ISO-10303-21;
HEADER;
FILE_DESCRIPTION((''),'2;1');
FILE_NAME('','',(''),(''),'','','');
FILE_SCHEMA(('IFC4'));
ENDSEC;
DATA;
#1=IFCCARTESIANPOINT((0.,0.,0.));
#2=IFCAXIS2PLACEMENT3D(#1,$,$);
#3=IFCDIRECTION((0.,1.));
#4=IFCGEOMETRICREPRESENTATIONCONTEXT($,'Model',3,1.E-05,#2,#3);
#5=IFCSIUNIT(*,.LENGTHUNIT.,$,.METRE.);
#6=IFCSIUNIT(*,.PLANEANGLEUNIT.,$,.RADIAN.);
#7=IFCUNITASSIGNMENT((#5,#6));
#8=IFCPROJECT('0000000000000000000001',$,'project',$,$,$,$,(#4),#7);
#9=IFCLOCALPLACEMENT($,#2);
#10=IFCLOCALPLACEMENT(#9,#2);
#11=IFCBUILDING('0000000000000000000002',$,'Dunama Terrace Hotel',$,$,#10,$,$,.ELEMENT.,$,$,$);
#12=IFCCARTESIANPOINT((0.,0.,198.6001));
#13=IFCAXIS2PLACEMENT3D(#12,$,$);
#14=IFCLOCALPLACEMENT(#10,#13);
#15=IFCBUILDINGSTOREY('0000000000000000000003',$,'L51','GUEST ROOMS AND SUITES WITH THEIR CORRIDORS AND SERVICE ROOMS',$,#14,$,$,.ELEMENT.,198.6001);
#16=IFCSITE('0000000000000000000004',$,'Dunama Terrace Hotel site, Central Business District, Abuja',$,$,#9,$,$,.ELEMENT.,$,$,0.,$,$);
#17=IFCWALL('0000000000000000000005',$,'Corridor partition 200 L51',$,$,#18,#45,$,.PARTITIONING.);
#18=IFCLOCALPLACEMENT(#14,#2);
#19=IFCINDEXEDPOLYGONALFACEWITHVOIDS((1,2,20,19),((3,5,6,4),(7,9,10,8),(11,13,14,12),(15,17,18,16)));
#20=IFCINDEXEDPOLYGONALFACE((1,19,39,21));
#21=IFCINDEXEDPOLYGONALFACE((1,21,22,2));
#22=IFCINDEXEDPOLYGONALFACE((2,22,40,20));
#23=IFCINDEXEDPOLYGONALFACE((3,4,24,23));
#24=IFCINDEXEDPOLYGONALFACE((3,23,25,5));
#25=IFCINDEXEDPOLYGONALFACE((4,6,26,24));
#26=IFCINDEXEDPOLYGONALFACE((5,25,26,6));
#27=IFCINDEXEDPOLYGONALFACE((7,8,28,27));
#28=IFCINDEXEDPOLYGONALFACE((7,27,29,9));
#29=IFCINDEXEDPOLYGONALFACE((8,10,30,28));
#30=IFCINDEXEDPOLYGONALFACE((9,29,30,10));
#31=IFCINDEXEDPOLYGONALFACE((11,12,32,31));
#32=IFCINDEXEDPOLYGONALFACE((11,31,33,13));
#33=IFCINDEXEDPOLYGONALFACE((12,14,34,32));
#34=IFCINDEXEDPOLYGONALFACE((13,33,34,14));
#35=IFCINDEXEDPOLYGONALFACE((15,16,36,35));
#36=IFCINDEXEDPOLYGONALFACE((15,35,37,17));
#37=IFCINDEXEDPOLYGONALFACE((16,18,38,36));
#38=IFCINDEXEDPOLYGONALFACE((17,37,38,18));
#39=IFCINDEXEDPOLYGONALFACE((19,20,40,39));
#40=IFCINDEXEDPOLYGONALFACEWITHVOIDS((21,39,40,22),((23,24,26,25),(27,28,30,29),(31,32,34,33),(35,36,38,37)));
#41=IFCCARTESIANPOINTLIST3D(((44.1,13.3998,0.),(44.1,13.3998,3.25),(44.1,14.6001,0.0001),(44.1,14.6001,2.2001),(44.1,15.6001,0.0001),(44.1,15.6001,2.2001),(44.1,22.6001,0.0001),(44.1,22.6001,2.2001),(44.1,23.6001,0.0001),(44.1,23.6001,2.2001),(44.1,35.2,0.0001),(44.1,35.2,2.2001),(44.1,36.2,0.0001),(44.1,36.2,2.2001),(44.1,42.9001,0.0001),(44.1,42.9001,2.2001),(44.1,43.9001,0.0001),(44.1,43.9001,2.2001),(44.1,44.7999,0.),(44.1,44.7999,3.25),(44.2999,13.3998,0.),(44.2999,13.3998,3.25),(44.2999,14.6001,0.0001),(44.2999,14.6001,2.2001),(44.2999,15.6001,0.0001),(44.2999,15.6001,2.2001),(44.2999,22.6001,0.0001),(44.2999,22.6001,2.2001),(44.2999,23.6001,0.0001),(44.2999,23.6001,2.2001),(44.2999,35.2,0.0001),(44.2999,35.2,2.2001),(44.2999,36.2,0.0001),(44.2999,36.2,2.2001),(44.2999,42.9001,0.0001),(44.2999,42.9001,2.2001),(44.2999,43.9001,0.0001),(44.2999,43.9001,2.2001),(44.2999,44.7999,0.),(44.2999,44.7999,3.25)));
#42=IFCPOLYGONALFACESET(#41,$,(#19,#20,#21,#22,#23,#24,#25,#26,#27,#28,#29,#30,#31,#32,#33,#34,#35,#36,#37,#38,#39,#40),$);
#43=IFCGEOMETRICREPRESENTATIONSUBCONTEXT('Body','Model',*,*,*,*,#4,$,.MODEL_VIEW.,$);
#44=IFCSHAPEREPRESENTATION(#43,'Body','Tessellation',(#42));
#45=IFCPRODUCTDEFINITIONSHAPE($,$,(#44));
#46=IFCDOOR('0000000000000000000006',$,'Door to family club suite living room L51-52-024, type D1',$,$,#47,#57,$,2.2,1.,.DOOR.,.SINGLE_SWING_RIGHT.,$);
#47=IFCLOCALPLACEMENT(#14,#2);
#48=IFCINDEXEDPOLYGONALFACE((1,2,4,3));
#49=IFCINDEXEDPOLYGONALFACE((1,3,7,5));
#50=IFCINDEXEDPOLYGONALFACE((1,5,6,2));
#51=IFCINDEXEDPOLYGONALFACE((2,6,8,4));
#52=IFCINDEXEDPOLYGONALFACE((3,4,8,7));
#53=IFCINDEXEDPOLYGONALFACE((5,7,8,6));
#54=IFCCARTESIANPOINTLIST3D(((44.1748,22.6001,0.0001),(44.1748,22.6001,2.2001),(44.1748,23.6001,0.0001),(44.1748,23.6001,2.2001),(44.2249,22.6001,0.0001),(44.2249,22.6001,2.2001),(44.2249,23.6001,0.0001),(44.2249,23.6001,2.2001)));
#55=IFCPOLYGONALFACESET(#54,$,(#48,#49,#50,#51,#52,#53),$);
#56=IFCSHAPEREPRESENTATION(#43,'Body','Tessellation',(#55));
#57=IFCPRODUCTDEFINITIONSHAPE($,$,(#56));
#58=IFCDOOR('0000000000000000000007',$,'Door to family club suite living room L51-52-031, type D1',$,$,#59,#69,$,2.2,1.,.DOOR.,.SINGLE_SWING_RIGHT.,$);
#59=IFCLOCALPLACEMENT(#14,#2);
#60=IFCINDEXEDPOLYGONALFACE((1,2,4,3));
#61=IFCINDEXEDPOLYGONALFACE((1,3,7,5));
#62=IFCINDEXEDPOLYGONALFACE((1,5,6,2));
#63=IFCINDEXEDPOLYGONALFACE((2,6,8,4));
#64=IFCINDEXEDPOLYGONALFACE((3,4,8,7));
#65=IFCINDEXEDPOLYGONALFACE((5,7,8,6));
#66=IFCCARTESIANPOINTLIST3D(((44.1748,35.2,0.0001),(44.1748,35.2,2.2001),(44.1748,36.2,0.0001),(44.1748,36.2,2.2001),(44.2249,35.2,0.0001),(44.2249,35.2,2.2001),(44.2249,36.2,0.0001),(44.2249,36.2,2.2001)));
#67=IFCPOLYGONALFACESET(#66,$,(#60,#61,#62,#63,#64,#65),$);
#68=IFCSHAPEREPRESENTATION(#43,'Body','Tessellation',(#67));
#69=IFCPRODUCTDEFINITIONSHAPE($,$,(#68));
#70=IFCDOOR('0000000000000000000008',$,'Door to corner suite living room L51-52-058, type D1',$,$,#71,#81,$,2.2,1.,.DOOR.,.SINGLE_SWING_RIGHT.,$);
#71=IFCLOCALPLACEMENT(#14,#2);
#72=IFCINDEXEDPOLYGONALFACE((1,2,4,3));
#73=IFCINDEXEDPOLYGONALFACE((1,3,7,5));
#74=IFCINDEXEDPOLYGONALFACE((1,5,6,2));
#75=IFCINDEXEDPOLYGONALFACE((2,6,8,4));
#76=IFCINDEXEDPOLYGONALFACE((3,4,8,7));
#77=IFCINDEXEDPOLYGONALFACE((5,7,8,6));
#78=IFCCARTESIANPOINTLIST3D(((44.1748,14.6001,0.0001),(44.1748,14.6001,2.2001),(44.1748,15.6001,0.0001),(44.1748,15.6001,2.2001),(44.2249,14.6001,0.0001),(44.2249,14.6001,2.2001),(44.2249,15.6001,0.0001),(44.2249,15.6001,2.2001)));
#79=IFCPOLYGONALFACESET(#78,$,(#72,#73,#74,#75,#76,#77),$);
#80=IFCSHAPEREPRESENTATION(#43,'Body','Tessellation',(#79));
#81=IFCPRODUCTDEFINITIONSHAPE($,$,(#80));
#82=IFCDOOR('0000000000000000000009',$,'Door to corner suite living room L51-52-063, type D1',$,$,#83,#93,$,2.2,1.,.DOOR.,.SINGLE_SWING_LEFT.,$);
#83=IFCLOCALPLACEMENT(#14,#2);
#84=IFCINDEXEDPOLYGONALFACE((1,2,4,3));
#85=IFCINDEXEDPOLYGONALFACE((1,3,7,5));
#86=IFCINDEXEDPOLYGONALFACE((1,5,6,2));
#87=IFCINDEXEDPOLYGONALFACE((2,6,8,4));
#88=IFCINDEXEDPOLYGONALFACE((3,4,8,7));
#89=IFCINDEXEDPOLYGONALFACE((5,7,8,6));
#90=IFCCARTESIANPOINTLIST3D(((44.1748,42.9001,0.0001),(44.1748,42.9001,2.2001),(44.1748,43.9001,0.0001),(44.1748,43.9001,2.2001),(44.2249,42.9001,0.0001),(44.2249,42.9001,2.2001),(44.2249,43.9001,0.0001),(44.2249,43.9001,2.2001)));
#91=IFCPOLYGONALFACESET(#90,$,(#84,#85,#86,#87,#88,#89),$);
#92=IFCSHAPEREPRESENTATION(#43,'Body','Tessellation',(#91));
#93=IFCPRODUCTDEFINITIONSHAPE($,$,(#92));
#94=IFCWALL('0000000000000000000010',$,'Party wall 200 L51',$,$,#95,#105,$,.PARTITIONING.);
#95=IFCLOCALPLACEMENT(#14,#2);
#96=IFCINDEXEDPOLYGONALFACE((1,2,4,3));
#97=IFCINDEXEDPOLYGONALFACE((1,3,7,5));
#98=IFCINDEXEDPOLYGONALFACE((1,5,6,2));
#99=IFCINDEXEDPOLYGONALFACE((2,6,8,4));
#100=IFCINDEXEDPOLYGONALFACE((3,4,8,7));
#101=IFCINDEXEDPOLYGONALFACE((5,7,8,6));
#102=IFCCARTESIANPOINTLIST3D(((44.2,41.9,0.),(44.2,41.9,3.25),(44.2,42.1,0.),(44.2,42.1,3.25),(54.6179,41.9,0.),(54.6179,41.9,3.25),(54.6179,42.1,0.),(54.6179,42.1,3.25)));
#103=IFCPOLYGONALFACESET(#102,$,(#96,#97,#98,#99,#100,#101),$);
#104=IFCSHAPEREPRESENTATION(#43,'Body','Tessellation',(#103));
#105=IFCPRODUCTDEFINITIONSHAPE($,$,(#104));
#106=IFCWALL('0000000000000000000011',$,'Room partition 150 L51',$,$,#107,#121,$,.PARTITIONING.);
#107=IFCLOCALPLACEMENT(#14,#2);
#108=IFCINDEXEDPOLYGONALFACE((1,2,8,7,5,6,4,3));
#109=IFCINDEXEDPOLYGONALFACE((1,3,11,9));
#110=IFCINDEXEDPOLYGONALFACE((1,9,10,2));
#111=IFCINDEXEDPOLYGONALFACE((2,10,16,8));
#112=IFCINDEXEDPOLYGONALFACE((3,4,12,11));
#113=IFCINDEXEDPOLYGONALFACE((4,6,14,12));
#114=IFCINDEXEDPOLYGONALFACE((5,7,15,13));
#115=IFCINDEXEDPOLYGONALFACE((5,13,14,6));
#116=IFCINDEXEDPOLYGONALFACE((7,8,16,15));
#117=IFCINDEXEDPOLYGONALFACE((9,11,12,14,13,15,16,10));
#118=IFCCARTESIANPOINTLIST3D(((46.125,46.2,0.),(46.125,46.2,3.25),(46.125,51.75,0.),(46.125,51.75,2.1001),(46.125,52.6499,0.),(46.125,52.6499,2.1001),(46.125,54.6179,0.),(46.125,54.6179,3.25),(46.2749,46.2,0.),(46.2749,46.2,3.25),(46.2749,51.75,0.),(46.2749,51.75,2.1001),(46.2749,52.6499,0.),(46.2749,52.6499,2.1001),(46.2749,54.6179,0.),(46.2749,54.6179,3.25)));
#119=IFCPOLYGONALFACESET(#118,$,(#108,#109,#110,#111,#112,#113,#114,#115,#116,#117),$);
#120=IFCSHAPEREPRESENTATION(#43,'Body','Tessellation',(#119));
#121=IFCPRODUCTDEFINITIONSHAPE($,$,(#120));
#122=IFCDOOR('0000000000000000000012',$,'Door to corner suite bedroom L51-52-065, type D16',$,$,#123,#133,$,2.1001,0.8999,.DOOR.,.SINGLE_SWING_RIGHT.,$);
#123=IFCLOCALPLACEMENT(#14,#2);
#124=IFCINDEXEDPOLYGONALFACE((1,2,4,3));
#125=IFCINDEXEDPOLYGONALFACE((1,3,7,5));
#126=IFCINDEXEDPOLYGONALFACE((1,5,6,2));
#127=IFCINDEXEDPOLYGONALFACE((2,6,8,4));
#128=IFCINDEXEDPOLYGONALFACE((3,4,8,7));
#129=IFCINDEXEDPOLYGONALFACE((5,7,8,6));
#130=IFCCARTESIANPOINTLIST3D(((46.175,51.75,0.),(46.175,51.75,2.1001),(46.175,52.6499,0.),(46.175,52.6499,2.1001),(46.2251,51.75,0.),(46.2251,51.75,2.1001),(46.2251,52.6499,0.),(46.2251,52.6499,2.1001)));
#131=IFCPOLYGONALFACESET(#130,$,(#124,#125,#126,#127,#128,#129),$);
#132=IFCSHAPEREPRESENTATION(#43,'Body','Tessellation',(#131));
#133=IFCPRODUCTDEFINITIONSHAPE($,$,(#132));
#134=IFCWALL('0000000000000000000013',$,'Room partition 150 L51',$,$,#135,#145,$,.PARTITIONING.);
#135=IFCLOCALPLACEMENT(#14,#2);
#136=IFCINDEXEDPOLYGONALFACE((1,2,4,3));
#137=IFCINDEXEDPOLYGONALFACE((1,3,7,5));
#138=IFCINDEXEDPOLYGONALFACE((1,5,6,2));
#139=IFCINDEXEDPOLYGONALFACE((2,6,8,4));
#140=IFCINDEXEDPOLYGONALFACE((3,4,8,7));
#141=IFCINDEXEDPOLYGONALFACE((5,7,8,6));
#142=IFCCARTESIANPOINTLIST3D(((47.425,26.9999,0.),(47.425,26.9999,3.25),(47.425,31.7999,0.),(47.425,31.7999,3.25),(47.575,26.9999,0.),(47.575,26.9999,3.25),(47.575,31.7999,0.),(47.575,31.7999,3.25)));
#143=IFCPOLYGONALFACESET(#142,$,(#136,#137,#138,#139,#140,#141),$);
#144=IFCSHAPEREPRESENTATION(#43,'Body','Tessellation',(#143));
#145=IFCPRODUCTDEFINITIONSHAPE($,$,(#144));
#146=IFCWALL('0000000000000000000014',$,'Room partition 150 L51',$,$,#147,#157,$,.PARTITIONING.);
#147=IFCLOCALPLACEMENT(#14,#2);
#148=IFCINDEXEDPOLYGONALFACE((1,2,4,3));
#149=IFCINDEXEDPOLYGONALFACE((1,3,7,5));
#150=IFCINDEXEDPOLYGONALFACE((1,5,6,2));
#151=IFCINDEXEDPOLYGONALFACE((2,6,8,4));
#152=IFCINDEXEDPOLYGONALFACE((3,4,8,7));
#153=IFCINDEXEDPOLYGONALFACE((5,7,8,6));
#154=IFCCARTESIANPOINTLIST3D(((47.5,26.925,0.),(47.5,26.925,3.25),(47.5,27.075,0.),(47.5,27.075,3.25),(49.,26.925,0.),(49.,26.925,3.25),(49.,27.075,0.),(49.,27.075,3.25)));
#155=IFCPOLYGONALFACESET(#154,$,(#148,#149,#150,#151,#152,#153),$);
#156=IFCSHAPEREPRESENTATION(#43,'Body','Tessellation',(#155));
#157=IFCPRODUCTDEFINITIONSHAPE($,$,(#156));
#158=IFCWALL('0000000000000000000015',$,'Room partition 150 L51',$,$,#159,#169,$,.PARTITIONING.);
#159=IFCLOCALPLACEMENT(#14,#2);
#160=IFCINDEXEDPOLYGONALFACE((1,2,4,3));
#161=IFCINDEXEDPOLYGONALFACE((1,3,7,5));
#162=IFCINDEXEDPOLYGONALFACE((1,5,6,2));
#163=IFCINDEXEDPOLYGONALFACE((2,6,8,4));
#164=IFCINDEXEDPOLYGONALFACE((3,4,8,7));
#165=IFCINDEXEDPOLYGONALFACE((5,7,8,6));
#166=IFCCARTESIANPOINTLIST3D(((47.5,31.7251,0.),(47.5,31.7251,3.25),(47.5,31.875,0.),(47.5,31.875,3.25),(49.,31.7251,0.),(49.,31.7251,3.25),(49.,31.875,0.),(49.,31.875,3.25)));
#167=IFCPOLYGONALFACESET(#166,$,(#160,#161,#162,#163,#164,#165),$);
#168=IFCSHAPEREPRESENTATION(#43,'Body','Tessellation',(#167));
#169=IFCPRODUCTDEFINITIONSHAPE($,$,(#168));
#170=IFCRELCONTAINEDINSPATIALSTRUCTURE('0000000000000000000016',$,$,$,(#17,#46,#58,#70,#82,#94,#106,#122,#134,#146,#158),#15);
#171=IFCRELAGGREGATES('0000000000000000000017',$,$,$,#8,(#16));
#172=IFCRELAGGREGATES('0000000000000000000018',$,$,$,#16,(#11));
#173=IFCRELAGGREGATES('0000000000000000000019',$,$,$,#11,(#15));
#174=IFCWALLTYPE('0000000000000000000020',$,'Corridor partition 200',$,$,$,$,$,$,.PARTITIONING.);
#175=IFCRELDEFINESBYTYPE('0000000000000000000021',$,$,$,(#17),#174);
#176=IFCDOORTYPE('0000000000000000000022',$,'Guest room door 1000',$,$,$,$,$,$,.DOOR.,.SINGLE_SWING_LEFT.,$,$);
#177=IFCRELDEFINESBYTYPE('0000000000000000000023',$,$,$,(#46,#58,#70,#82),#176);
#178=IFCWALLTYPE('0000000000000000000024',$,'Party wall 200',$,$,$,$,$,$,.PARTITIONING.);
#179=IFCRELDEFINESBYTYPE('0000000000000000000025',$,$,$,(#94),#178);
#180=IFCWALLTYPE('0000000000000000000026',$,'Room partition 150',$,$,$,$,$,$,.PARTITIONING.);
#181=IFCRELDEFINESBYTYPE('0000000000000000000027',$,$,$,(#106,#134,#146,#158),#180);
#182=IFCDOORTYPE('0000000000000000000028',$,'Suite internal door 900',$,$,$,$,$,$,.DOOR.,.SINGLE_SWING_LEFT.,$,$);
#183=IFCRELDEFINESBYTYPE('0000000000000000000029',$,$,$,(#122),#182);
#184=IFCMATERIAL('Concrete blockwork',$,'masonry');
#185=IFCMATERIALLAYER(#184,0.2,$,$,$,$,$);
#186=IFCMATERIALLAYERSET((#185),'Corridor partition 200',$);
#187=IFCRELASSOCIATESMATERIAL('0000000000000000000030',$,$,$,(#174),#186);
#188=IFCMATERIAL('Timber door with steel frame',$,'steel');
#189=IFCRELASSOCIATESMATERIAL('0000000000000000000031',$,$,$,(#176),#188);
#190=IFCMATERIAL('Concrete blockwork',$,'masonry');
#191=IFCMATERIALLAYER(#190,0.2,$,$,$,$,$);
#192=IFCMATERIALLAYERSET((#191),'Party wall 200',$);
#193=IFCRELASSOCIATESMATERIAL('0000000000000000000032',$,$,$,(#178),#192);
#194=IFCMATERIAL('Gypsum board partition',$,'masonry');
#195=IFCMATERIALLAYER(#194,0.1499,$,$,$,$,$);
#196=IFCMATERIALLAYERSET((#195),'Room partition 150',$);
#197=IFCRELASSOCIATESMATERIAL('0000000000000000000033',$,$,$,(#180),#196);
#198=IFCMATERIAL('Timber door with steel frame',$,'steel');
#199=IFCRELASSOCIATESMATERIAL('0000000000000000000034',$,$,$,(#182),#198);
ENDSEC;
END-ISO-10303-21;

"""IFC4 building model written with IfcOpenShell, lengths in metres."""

from ifc_helpers import new_model, si_unit, direction, frame, frame_2d, origin, place, context, subcontext, project, spatial, rectangle, extrude, material, layer, layer_set, type_object, element, fill, save


model = new_model("IFC4")

# Units and contexts
model_context = context("Model", 3, precision=1e-05, world=origin(), true_north=direction((0.0, 1.0)))
body_context = subcontext(model_context, "Body", "Model", "MODEL_VIEW")
ifc_project = project(units=[si_unit("LENGTHUNIT", "METRE"), si_unit("PLANEANGLEUNIT", "RADIAN")], contexts=[model_context])

# Site, building, storey
site_placement = place(None, origin())
site = spatial("IfcSite", under=ifc_project, at=site_placement, Name="Dunama Terrace Hotel site, Central Business District, Abuja", CompositionType="ELEMENT", RefElevation=0.0)
building_placement = place(site_placement, origin())
building = spatial("IfcBuilding", under=site, at=building_placement, Name="Dunama Terrace Hotel", CompositionType="ELEMENT")
storey_placement = place(building_placement, frame((0.0, 0.0, 198.6001)))
storey = spatial("IfcBuildingStorey", under=building, at=storey_placement, Name="L51", Description="GUEST ROOMS AND SUITES WITH THEIR CORRIDORS AND SERVICE ROOMS", CompositionType="ELEMENT", Elevation=198.6001)

# Wall, openings, doors
ifc_material_1 = material(Name="Concrete blockwork", Category="masonry")
ifc_layer_1 = layer(ifc_material_1, 0.2)
ifc_layer_set_1 = layer_set([ifc_layer_1], Name="Corridor partition 200")
wall_type_1 = type_object("IfcWallType", Name="Corridor partition 200", PredefinedType="PARTITIONING", material=ifc_layer_set_1)
wall_1_placement = place(storey_placement, frame((44.2, 44.8, 0.0), z_axis=(0.0, 0.0, 1.0), x_axis=(0.0, -1.0, 0.0)))
wall_1 = element("IfcWall", 1, at=wall_1_placement, inside=storey, type_object=wall_type_1, Name="Corridor partition 200 L51", PredefinedType="PARTITIONING", context=body_context, shape_type="SweptSolid", body=[
    extrude(rectangle(XDim=31.4001, YDim=0.2, at=frame_2d((15.7002, 0.0))), origin(), (0.0, 0.0, 1.0), 3.25),
])
opening_1_placement = place(wall_1_placement, frame((21.2, 0.0, 0.0)))
opening_1 = element("IfcOpeningElement", 2, at=opening_1_placement, cuts=wall_1, PredefinedType="OPENING", context=body_context, shape_type="SweptSolid", body=[
    extrude(rectangle(XDim=1.0, YDim=2.2, at=frame_2d((0.5, 1.1001))), frame((0.0, 0.1099, 0.0), z_axis=(0.0, -1.0, 0.0), x_axis=(1.0, 0.0, 0.0)), (0.0, 0.0, 1.0), 0.22),
])
opening_2_placement = place(wall_1_placement, frame((8.6001, 0.0, 0.0)))
opening_2 = element("IfcOpeningElement", 3, at=opening_2_placement, cuts=wall_1, PredefinedType="OPENING", context=body_context, shape_type="SweptSolid", body=[
    extrude(rectangle(XDim=1.0, YDim=2.2, at=frame_2d((0.5, 1.1001))), frame((0.0, 0.1099, 0.0), z_axis=(0.0, -1.0, 0.0), x_axis=(1.0, 0.0, 0.0)), (0.0, 0.0, 1.0), 0.22),
])
opening_3_placement = place(wall_1_placement, frame((29.2, 0.0, 0.0)))
opening_3 = element("IfcOpeningElement", 4, at=opening_3_placement, cuts=wall_1, PredefinedType="OPENING", context=body_context, shape_type="SweptSolid", body=[
    extrude(rectangle(XDim=1.0, YDim=2.2, at=frame_2d((0.5, 1.1001))), frame((0.0, 0.1099, 0.0), z_axis=(0.0, -1.0, 0.0), x_axis=(1.0, 0.0, 0.0)), (0.0, 0.0, 1.0), 0.22),
])
opening_4_placement = place(wall_1_placement, frame((0.8999, 0.0, 0.0)))
opening_4 = element("IfcOpeningElement", 5, at=opening_4_placement, cuts=wall_1, PredefinedType="OPENING", context=body_context, shape_type="SweptSolid", body=[
    extrude(rectangle(XDim=1.0, YDim=2.2, at=frame_2d((0.5, 1.1001))), frame((0.0, 0.1099, 0.0), z_axis=(0.0, -1.0, 0.0), x_axis=(1.0, 0.0, 0.0)), (0.0, 0.0, 1.0), 0.22),
])
ifc_material_2 = material(Name="Timber door with steel frame", Category="steel")
door_type_1 = type_object("IfcDoorType", Name="Guest room door 1000", OperationType="SINGLE_SWING_LEFT", PredefinedType="DOOR", material=ifc_material_2)
door_1_placement = place(opening_1_placement, origin())
door_1 = element("IfcDoor", 6, at=door_1_placement, inside=storey, type_object=door_type_1, Name="Door to family club suite living room L51-52-024, type D1", OperationType="SINGLE_SWING_RIGHT", OverallHeight=2.2, OverallWidth=1.0, PredefinedType="DOOR", context=body_context, shape_type="SweptSolid", body=[
    extrude(rectangle(XDim=1.0, YDim=2.2, at=frame_2d((0.5, 1.1001))), frame((0.0, 0.0249, 0.0), z_axis=(0.0, -1.0, 0.0), x_axis=(1.0, 0.0, 0.0)), (0.0, 0.0, 1.0), 0.05),
])
fill(opening_1, door_1)
door_2_placement = place(opening_2_placement, origin())
door_2 = element("IfcDoor", 7, at=door_2_placement, inside=storey, type_object=door_type_1, Name="Door to family club suite living room L51-52-031, type D1", OperationType="SINGLE_SWING_RIGHT", OverallHeight=2.2, OverallWidth=1.0, PredefinedType="DOOR", context=body_context, shape_type="SweptSolid", body=[
    extrude(rectangle(XDim=1.0, YDim=2.2, at=frame_2d((0.5, 1.1001))), frame((0.0, 0.0249, 0.0), z_axis=(0.0, -1.0, 0.0), x_axis=(1.0, 0.0, 0.0)), (0.0, 0.0, 1.0), 0.05),
])
fill(opening_2, door_2)
door_3_placement = place(opening_3_placement, origin())
door_3 = element("IfcDoor", 8, at=door_3_placement, inside=storey, type_object=door_type_1, Name="Door to corner suite living room L51-52-058, type D1", OperationType="SINGLE_SWING_RIGHT", OverallHeight=2.2, OverallWidth=1.0, PredefinedType="DOOR", context=body_context, shape_type="SweptSolid", body=[
    extrude(rectangle(XDim=1.0, YDim=2.2, at=frame_2d((0.5, 1.1001))), frame((0.0, 0.0249, 0.0), z_axis=(0.0, -1.0, 0.0), x_axis=(1.0, 0.0, 0.0)), (0.0, 0.0, 1.0), 0.05),
])
fill(opening_3, door_3)
door_4_placement = place(opening_4_placement, origin())
door_4 = element("IfcDoor", 9, at=door_4_placement, inside=storey, type_object=door_type_1, Name="Door to corner suite living room L51-52-063, type D1", OperationType="SINGLE_SWING_LEFT", OverallHeight=2.2, OverallWidth=1.0, PredefinedType="DOOR", context=body_context, shape_type="SweptSolid", body=[
    extrude(rectangle(XDim=1.0, YDim=2.2, at=frame_2d((0.5, 1.1001))), frame((0.0, 0.0249, 0.0), z_axis=(0.0, -1.0, 0.0), x_axis=(1.0, 0.0, 0.0)), (0.0, 0.0, 1.0), 0.05),
])
fill(opening_4, door_4)

# Wall
ifc_material_3 = material(Name="Concrete blockwork", Category="masonry")
ifc_layer_2 = layer(ifc_material_3, 0.2)
ifc_layer_set_2 = layer_set([ifc_layer_2], Name="Party wall 200")
wall_type_2 = type_object("IfcWallType", Name="Party wall 200", PredefinedType="PARTITIONING", material=ifc_layer_set_2)
wall_2_placement = place(storey_placement, frame((44.2, 42.0, 0.0), z_axis=(0.0, 0.0, 1.0), x_axis=(1.0, 0.0, 0.0)))
element("IfcWall", 10, at=wall_2_placement, inside=storey, type_object=wall_type_2, Name="Party wall 200 L51", PredefinedType="PARTITIONING", context=body_context, shape_type="SweptSolid", body=[
    extrude(rectangle(XDim=10.418, YDim=0.2, at=frame_2d((5.209, 0.0))), origin(), (0.0, 0.0, 1.0), 3.25),
])

# Wall, opening, door
ifc_material_4 = material(Name="Gypsum board partition", Category="masonry")
ifc_layer_3 = layer(ifc_material_4, 0.1499)
ifc_layer_set_3 = layer_set([ifc_layer_3], Name="Room partition 150")
wall_type_3 = type_object("IfcWallType", Name="Room partition 150", PredefinedType="PARTITIONING", material=ifc_layer_set_3)
wall_3_placement = place(storey_placement, frame((46.2, 46.2, 0.0), z_axis=(0.0, 0.0, 1.0), x_axis=(0.0, 1.0, 0.0)))
wall_3 = element("IfcWall", 11, at=wall_3_placement, inside=storey, type_object=wall_type_3, Name="Room partition 150 L51", PredefinedType="PARTITIONING", context=body_context, shape_type="SweptSolid", body=[
    extrude(rectangle(XDim=8.418, YDim=0.1499, at=frame_2d((4.209, 0.0))), origin(), (0.0, 0.0, 1.0), 3.25),
])
opening_5_placement = place(wall_3_placement, frame((5.55, 0.0, 0.0)))
opening_5 = element("IfcOpeningElement", 12, at=opening_5_placement, cuts=wall_3, PredefinedType="OPENING", context=body_context, shape_type="SweptSolid", body=[
    extrude(rectangle(XDim=0.8999, YDim=2.1001, at=frame_2d((0.45, 1.05))), frame((0.0, 0.085, 0.0), z_axis=(0.0, -1.0, 0.0), x_axis=(1.0, 0.0, 0.0)), (0.0, 0.0, 1.0), 0.1699),
])
ifc_material_5 = material(Name="Timber door with steel frame", Category="steel")
door_type_2 = type_object("IfcDoorType", Name="Suite internal door 900", OperationType="SINGLE_SWING_LEFT", PredefinedType="DOOR", material=ifc_material_5)
door_5_placement = place(opening_5_placement, frame((0.8999, 0.0, 0.0), z_axis=(0.0, 0.0, 1.0), x_axis=(-1.0, 0.0, 0.0)))
door_5 = element("IfcDoor", 13, at=door_5_placement, inside=storey, type_object=door_type_2, Name="Door to corner suite bedroom L51-52-065, type D16", OperationType="SINGLE_SWING_RIGHT", OverallHeight=2.1001, OverallWidth=0.8999, PredefinedType="DOOR", context=body_context, shape_type="SweptSolid", body=[
    extrude(rectangle(XDim=0.8999, YDim=2.1001, at=frame_2d((0.45, 1.05))), frame((0.0, 0.0251, 0.0), z_axis=(0.0, -1.0, 0.0), x_axis=(1.0, 0.0, 0.0)), (0.0, 0.0, 1.0), 0.05),
])
fill(opening_5, door_5)

# Walls
wall_4_placement = place(storey_placement, frame((47.5, 27.0, 0.0), z_axis=(0.0, 0.0, 1.0), x_axis=(0.0, 1.0, 0.0)))
element("IfcWall", 14, at=wall_4_placement, inside=storey, type_object=wall_type_3, Name="Room partition 150 L51", PredefinedType="PARTITIONING", context=body_context, shape_type="SweptSolid", body=[
    extrude(rectangle(XDim=4.8, YDim=0.1499, at=frame_2d((2.3999, 0.0))), origin(), (0.0, 0.0, 1.0), 3.25),
])
for number, where, z_axis, x_axis, name in (
    (15, (47.5, 27.0, 0.0), (0.0, 0.0, 1.0), (1.0, 0.0, 0.0), "Room partition 150 L51"),
    (16, (47.5, 31.8, 0.0), (0.0, 0.0, 1.0), (1.0, 0.0, 0.0), "Room partition 150 L51"),
):
    element("IfcWall", number, at=place(storey_placement, frame(where, z_axis=z_axis, x_axis=x_axis)), inside=storey, type_object=wall_type_3, Name=name, PredefinedType="PARTITIONING", context=body_context, shape_type="SweptSolid", body=[
        extrude(rectangle(XDim=1.5, YDim=0.1499, at=frame_2d((0.75, 0.0))), origin(), (0.0, 0.0, 1.0), 3.25),
    ])

save(model, "model.ifc")
